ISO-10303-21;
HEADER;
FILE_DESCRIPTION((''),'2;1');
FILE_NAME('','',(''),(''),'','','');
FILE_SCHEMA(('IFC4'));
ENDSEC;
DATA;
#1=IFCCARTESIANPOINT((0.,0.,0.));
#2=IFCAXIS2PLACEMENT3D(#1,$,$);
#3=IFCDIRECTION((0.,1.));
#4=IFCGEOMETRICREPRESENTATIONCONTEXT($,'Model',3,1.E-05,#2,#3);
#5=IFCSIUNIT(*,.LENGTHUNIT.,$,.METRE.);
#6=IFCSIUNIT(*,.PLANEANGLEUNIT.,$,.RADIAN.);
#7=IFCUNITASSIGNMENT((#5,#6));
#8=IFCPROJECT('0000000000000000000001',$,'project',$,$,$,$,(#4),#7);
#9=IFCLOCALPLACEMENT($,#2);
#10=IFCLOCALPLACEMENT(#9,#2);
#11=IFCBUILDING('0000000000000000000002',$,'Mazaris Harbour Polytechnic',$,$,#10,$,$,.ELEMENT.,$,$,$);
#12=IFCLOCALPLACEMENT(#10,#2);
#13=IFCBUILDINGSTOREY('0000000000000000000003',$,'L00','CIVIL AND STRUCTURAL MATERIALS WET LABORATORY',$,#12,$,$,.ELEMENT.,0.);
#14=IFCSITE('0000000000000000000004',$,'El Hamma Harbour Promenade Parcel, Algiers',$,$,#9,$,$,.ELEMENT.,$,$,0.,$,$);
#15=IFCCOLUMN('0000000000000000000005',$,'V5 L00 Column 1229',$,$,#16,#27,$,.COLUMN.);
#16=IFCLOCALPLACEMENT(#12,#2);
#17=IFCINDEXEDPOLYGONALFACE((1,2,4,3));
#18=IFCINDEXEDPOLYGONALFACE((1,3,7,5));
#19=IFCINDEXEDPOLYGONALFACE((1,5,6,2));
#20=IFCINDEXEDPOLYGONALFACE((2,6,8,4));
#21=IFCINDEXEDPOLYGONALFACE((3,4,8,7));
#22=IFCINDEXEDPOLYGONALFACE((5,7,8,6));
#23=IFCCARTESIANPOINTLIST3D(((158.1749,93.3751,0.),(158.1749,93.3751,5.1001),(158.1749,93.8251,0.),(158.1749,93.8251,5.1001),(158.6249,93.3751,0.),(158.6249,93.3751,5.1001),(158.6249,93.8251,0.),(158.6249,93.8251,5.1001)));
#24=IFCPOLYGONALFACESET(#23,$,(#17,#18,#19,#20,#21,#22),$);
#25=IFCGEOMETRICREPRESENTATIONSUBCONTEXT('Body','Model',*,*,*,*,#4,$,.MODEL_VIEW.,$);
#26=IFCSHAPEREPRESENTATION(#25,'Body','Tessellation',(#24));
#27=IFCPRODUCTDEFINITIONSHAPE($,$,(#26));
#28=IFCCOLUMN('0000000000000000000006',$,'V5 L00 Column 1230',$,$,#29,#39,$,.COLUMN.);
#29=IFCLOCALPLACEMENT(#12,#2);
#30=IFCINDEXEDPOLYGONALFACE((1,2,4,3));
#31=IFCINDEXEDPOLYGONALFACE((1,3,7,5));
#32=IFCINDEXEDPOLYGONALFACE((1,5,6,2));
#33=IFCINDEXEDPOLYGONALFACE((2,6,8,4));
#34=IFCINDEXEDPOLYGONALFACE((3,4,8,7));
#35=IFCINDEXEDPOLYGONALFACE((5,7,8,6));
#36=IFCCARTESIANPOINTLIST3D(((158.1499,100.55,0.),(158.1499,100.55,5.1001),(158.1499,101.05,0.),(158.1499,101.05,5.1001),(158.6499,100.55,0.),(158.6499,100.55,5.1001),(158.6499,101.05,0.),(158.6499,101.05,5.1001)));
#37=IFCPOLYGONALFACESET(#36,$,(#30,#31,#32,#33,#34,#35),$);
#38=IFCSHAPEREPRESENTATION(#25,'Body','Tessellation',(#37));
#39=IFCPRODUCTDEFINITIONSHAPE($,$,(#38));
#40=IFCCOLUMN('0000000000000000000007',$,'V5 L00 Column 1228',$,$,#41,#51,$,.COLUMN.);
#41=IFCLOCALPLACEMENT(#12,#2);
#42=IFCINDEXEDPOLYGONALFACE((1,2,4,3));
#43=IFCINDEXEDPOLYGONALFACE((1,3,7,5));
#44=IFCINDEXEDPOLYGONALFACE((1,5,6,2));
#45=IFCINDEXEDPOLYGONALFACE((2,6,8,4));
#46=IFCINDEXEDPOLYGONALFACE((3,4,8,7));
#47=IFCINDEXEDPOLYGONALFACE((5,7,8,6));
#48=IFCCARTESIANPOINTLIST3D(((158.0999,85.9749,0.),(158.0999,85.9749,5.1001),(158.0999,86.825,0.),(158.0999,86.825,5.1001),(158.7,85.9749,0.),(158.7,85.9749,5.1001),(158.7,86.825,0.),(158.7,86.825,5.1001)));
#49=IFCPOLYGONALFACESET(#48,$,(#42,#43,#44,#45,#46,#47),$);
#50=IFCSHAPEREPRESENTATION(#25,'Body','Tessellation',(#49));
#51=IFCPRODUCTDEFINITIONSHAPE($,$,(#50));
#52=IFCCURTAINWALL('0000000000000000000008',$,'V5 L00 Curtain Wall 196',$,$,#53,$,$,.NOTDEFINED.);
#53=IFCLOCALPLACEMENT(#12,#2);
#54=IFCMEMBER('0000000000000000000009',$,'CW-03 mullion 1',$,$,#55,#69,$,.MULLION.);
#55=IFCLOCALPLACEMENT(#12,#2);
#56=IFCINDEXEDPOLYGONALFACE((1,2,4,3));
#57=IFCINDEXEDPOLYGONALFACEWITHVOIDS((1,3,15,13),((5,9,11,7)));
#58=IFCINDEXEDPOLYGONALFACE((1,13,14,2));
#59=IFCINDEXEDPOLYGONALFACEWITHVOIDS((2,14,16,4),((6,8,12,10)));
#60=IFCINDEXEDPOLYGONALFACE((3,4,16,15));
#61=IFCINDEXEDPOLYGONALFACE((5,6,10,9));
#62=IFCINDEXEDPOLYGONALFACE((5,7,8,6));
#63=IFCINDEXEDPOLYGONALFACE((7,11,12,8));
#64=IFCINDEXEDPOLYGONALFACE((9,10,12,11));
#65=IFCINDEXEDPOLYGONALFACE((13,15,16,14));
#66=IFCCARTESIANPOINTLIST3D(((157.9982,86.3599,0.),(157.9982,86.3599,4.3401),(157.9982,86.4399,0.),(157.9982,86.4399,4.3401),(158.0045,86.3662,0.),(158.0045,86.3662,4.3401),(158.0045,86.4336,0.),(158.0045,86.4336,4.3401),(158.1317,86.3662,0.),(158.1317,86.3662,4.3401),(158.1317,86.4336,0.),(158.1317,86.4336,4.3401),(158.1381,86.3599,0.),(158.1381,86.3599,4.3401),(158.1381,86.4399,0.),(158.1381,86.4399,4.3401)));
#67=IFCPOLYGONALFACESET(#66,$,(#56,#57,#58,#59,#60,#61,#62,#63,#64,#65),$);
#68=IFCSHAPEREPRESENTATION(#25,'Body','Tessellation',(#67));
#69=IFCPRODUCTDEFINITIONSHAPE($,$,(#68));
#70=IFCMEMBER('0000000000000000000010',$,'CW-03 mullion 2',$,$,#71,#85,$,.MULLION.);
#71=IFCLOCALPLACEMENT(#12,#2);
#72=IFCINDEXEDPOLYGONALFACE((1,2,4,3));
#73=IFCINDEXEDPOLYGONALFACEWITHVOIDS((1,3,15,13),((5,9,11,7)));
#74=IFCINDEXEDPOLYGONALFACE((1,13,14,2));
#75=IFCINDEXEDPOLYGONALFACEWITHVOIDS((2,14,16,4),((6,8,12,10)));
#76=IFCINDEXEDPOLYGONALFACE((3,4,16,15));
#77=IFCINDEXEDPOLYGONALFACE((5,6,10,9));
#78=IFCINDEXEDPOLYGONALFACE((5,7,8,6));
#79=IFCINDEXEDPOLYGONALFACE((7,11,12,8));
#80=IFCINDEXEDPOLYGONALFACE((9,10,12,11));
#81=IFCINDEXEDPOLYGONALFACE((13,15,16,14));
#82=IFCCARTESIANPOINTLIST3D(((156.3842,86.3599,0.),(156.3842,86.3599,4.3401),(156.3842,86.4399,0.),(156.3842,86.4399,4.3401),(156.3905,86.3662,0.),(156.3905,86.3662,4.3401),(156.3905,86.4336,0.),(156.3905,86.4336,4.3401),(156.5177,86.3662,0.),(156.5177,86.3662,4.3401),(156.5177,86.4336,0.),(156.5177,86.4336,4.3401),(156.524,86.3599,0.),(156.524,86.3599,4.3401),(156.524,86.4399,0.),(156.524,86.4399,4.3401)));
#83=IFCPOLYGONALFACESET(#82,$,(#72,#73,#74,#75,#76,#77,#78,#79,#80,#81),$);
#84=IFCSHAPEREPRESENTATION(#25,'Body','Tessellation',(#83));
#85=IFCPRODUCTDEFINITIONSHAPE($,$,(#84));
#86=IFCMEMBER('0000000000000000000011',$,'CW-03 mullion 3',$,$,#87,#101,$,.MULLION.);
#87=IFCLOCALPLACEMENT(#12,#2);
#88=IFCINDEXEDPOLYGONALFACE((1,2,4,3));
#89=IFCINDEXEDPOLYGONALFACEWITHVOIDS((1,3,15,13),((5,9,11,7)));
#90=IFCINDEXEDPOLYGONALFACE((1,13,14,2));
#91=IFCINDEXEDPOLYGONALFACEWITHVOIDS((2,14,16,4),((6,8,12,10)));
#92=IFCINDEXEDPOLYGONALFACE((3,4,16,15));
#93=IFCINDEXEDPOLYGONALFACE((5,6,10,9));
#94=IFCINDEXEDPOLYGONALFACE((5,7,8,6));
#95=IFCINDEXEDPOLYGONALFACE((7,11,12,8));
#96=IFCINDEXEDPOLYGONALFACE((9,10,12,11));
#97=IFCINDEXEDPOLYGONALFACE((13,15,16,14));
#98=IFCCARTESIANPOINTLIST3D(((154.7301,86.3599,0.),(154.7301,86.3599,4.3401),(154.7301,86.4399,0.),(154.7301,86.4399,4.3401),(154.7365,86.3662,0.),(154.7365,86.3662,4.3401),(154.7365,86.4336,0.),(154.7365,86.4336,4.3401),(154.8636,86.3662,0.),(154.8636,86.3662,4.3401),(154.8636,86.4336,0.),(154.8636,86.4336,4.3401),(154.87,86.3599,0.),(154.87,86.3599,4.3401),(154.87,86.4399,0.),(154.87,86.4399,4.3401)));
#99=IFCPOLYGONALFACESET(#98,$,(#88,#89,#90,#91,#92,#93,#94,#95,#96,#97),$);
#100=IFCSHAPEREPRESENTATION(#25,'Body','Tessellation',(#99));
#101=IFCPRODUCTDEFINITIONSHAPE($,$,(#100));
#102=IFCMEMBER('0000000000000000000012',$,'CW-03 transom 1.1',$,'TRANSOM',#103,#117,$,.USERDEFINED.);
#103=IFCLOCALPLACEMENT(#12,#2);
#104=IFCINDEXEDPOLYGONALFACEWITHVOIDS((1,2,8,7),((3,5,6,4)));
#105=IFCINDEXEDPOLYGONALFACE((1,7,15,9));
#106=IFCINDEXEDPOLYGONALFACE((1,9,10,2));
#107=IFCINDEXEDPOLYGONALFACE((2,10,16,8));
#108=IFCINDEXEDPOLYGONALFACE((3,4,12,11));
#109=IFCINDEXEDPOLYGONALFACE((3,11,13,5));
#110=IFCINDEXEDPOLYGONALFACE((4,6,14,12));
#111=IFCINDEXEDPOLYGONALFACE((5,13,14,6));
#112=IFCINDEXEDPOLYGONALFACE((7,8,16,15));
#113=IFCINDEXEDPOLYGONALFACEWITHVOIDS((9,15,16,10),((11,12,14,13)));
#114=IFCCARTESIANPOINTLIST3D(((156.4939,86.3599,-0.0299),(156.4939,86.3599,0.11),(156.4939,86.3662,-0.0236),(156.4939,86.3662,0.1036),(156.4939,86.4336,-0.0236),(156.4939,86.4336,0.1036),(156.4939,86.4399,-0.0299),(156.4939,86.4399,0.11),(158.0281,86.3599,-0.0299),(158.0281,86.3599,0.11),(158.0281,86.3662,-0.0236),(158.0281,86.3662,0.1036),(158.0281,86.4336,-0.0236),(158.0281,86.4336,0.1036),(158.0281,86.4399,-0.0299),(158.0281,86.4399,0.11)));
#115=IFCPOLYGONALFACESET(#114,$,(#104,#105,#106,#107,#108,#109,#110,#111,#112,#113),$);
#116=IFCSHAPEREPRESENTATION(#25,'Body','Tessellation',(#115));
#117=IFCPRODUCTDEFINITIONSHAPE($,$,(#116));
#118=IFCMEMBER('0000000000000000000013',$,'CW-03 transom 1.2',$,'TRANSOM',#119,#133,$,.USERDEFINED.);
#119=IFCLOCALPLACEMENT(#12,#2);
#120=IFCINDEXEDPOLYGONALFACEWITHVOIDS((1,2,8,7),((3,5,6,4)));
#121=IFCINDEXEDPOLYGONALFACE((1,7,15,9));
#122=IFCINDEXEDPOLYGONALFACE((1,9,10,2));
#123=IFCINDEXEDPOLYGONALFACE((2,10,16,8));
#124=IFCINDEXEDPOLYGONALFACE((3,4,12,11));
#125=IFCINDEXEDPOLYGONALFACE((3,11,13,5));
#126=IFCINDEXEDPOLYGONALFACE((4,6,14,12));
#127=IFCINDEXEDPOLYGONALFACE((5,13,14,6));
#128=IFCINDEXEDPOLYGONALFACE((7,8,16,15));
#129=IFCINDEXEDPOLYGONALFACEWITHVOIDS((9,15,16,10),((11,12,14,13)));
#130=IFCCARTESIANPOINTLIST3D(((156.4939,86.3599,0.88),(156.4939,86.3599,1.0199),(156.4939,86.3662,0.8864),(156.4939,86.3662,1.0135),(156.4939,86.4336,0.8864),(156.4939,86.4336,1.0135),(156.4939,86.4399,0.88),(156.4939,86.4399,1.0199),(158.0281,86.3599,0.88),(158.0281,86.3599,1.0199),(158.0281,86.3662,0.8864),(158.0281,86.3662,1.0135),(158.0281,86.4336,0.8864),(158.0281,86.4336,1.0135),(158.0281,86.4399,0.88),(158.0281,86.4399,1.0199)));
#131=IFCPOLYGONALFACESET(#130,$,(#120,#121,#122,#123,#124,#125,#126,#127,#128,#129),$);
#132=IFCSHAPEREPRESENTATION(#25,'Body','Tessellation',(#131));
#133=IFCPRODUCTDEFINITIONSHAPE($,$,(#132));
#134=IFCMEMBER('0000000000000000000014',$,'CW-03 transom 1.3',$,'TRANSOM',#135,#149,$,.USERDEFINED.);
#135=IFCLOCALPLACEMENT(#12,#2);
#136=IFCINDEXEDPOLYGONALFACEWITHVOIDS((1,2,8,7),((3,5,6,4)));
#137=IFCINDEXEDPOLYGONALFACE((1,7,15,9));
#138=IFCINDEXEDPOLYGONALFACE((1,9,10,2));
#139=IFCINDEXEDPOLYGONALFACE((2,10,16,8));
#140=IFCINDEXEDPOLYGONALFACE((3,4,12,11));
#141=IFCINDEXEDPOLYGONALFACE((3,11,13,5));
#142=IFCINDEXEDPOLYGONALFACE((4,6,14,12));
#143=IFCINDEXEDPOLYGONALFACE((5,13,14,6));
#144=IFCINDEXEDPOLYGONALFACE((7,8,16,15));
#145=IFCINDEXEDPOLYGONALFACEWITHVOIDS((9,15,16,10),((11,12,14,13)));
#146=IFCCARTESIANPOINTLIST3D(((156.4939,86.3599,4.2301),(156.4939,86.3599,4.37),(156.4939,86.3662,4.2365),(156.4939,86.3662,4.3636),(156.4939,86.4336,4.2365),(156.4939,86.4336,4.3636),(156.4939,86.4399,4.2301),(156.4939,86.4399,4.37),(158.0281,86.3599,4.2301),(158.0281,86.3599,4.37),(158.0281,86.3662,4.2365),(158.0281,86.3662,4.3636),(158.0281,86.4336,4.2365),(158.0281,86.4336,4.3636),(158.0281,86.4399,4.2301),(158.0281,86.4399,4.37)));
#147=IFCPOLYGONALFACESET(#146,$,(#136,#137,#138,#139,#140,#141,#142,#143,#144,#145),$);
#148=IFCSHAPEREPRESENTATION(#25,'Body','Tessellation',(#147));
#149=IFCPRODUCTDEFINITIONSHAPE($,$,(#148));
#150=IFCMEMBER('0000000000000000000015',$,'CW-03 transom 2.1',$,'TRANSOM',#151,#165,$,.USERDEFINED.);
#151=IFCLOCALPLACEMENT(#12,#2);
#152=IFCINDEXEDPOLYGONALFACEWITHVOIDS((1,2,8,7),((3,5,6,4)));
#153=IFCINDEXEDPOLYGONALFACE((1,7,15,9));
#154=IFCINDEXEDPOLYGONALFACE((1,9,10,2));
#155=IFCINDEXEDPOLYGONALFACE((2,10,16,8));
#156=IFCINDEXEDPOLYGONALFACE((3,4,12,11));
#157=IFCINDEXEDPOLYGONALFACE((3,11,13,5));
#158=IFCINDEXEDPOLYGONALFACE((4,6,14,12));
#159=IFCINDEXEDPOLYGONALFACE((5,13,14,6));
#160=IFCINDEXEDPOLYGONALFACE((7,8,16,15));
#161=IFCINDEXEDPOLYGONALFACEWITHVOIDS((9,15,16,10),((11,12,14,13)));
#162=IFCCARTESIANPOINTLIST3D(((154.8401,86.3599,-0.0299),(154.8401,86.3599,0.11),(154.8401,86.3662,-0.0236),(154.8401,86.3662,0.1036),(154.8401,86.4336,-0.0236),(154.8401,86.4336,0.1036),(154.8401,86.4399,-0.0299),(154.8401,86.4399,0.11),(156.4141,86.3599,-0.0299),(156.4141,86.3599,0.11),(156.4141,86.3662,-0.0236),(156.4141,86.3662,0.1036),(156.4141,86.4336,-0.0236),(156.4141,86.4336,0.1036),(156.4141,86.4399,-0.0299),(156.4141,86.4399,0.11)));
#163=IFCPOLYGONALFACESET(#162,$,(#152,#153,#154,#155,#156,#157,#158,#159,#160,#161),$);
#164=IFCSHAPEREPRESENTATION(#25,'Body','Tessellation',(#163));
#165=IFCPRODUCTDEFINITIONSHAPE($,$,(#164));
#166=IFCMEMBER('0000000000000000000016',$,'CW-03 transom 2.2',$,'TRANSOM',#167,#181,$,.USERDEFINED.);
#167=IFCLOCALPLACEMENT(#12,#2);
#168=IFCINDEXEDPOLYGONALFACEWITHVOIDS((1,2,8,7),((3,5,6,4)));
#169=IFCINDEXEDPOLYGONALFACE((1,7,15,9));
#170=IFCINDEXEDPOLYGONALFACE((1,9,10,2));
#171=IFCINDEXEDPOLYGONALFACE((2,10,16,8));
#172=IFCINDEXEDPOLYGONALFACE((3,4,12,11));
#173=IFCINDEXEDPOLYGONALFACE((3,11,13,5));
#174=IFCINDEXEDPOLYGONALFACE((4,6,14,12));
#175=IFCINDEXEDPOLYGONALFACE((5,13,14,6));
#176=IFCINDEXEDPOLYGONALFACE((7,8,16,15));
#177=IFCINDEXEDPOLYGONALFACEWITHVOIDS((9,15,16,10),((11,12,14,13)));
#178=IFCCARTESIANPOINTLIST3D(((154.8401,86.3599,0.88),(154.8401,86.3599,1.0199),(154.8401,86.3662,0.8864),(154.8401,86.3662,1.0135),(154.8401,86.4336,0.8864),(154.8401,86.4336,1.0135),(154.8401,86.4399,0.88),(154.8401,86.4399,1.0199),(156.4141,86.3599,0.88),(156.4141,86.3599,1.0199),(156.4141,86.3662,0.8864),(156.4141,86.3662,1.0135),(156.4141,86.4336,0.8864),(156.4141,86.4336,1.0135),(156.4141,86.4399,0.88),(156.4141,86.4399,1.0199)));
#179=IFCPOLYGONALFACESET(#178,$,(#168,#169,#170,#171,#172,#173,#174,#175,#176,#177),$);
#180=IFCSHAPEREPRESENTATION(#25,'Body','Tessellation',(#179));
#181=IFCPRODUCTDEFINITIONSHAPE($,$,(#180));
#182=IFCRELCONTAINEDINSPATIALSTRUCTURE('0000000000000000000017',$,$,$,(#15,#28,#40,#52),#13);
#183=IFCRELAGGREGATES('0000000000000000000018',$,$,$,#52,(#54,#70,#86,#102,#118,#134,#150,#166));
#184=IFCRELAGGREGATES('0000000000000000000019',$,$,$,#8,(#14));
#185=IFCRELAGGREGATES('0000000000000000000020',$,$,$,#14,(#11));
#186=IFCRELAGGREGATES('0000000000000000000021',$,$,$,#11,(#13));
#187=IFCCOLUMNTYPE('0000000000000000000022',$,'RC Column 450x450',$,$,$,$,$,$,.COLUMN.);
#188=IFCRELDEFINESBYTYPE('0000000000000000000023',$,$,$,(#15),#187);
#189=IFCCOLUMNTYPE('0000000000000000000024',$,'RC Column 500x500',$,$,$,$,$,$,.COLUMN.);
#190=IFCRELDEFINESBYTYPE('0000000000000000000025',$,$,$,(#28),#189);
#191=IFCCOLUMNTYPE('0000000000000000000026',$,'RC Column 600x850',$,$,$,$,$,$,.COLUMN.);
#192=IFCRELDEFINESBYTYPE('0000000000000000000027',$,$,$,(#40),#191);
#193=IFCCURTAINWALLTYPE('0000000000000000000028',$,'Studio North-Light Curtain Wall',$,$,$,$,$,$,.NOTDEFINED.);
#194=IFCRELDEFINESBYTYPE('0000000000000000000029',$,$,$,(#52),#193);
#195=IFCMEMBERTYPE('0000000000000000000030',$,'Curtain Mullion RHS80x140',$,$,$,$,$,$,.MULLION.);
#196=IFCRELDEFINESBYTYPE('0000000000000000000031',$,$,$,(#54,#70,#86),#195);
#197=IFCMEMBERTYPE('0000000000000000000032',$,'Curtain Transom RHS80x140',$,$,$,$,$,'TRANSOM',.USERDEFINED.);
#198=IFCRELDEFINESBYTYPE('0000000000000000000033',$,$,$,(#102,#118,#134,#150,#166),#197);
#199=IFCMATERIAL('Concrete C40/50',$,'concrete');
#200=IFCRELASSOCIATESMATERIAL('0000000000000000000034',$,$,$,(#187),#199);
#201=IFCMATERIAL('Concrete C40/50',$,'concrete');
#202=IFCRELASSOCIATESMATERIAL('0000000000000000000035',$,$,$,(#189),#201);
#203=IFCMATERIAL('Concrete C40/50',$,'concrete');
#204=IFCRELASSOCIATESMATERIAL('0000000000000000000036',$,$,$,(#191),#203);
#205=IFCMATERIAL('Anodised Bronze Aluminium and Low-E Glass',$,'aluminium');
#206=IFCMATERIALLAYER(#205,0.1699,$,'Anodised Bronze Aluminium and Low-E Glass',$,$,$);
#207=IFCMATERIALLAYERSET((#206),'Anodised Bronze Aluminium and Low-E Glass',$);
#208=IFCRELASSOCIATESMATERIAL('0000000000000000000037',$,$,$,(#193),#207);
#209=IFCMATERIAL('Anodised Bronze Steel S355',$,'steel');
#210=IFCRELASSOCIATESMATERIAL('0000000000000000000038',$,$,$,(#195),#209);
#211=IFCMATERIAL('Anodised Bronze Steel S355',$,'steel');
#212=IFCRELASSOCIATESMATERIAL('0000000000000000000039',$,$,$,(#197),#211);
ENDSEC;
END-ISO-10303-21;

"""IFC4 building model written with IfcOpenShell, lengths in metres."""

from ifc_helpers import new_model, si_unit, direction, frame, origin, origin_2d, place, context, subcontext, project, spatial, rectangle, hollow_rectangle, extrude, material, layer, layer_set, material_profile, profile_set, type_object, element, aggregate, save


model = new_model("IFC4")

# Units and contexts
model_context = context("Model", 3, precision=1e-05, world=origin(), true_north=direction((0.0, 1.0)))
body_context = subcontext(model_context, "Body", "Model", "MODEL_VIEW")
ifc_project = project(units=[si_unit("LENGTHUNIT", "METRE"), si_unit("PLANEANGLEUNIT", "RADIAN")], contexts=[model_context])

# Site, building, storey
site_placement = place(None, origin())
site = spatial("IfcSite", under=ifc_project, at=site_placement, Name="El Hamma Harbour Promenade Parcel, Algiers", CompositionType="ELEMENT", RefElevation=0.0)
building_placement = place(site_placement, origin())
building = spatial("IfcBuilding", under=site, at=building_placement, Name="Mazaris Harbour Polytechnic", CompositionType="ELEMENT")
storey_placement = place(building_placement, origin())
storey = spatial("IfcBuildingStorey", under=building, at=storey_placement, Name="L00", Description="CIVIL AND STRUCTURAL MATERIALS WET LABORATORY", CompositionType="ELEMENT", Elevation=0.0)

# Columns
ifc_material_1 = material(Name="Concrete C40/50", Category="concrete")
ifc_material_profile_1 = material_profile(ifc_material_1, rectangle(XDim=0.45, YDim=0.45, at=origin_2d()), Name="RECT450x450")
ifc_profile_set_1 = profile_set([ifc_material_profile_1], Name="Concrete C40/50")
column_type_1 = type_object("IfcColumnType", Name="RC Column 450x450", PredefinedType="COLUMN", material=ifc_profile_set_1)
column_1_placement = place(storey_placement, frame((158.3999, 93.6001, 0.0), z_axis=(0.0, 0.0, 1.0), x_axis=(1.0, 0.0, 0.0)))
element("IfcColumn", 1, at=column_1_placement, inside=storey, type_object=column_type_1, Name="V5 L00 Column 1229", PredefinedType="COLUMN", context=body_context, shape_type="SweptSolid", body=[
    extrude(rectangle(XDim=0.45, YDim=0.45, at=origin_2d()), origin(), (0.0, 0.0, 1.0), 5.1001),
])
ifc_material_2 = material(Name="Concrete C40/50", Category="concrete")
ifc_material_profile_2 = material_profile(ifc_material_2, rectangle(XDim=0.5, YDim=0.5, at=origin_2d()), Name="RECT500x500")
ifc_profile_set_2 = profile_set([ifc_material_profile_2], Name="Concrete C40/50")
column_type_2 = type_object("IfcColumnType", Name="RC Column 500x500", PredefinedType="COLUMN", material=ifc_profile_set_2)
column_2_placement = place(storey_placement, frame((158.3999, 100.8, 0.0), z_axis=(0.0, 0.0, 1.0), x_axis=(1.0, 0.0, 0.0)))
element("IfcColumn", 2, at=column_2_placement, inside=storey, type_object=column_type_2, Name="V5 L00 Column 1230", PredefinedType="COLUMN", context=body_context, shape_type="SweptSolid", body=[
    extrude(rectangle(XDim=0.5, YDim=0.5, at=origin_2d()), origin(), (0.0, 0.0, 1.0), 5.1001),
])
ifc_material_3 = material(Name="Concrete C40/50", Category="concrete")
ifc_material_profile_3 = material_profile(ifc_material_3, rectangle(XDim=0.6001, YDim=0.8501, at=origin_2d()), Name="RECT600x850")
ifc_profile_set_3 = profile_set([ifc_material_profile_3], Name="Concrete C40/50")
column_type_3 = type_object("IfcColumnType", Name="RC Column 600x850", PredefinedType="COLUMN", material=ifc_profile_set_3)
column_3_placement = place(storey_placement, frame((158.3999, 86.3999, 0.0), z_axis=(0.0, 0.0, 1.0), x_axis=(1.0, 0.0, 0.0)))
element("IfcColumn", 3, at=column_3_placement, inside=storey, type_object=column_type_3, Name="V5 L00 Column 1228", PredefinedType="COLUMN", context=body_context, shape_type="SweptSolid", body=[
    extrude(rectangle(XDim=0.6001, YDim=0.8501, at=origin_2d()), origin(), (0.0, 0.0, 1.0), 5.1001),
])

# Curtain wall, members
ifc_material_4 = material(Name="Anodised Bronze Aluminium and Low-E Glass", Category="aluminium")
ifc_layer_1 = layer(ifc_material_4, 0.1699, Name="Anodised Bronze Aluminium and Low-E Glass")
ifc_layer_set_1 = layer_set([ifc_layer_1], Name="Anodised Bronze Aluminium and Low-E Glass")
curtain_wall_type = type_object("IfcCurtainWallType", Name="Studio North-Light Curtain Wall", PredefinedType="NOTDEFINED", material=ifc_layer_set_1)
curtain_wall_placement = place(storey_placement, origin())
curtain_wall = element("IfcCurtainWall", 4, at=curtain_wall_placement, inside=storey, type_object=curtain_wall_type, Name="V5 L00 Curtain Wall 196", PredefinedType="NOTDEFINED")
ifc_material_5 = material(Name="Anodised Bronze Steel S355", Category="steel")
ifc_material_profile_4 = material_profile(ifc_material_5, hollow_rectangle(XDim=0.0801, YDim=0.1399, WallThickness=0.0063, at=origin_2d()), Name="RHS 80x140x6.3")
ifc_profile_set_4 = profile_set([ifc_material_profile_4], Name="Anodised Bronze Steel S355")
member_type_1 = type_object("IfcMemberType", Name="Curtain Mullion RHS80x140", PredefinedType="MULLION", material=ifc_profile_set_4)
member_1_placement = place(storey_placement, frame((158.0681, 86.3999, 0.0), z_axis=(0.0, 0.0, 1.0), x_axis=(0.0, -1.0, 0.0)))
member_1 = element("IfcMember", 5, at=member_1_placement, type_object=member_type_1, Name="CW-03 mullion 1", PredefinedType="MULLION", context=body_context, shape_type="SweptSolid", body=[
    extrude(hollow_rectangle(XDim=0.0801, YDim=0.1399, WallThickness=0.0063, at=origin_2d()), origin(), (0.0, 0.0, 1.0), 4.3401),
])
member_2_placement = place(storey_placement, frame((156.4541, 86.3999, 0.0), z_axis=(0.0, 0.0, 1.0), x_axis=(0.0, -1.0, 0.0)))
member_2 = element("IfcMember", 6, at=member_2_placement, type_object=member_type_1, Name="CW-03 mullion 2", PredefinedType="MULLION", context=body_context, shape_type="SweptSolid", body=[
    extrude(hollow_rectangle(XDim=0.0801, YDim=0.1399, WallThickness=0.0063, at=origin_2d()), origin(), (0.0, 0.0, 1.0), 4.3401),
])
member_3_placement = place(storey_placement, frame((154.8, 86.3999, 0.0), z_axis=(0.0, 0.0, 1.0), x_axis=(0.0, -1.0, 0.0)))
member_3 = element("IfcMember", 7, at=member_3_placement, type_object=member_type_1, Name="CW-03 mullion 3", PredefinedType="MULLION", context=body_context, shape_type="SweptSolid", body=[
    extrude(hollow_rectangle(XDim=0.0801, YDim=0.1399, WallThickness=0.0063, at=origin_2d()), origin(), (0.0, 0.0, 1.0), 4.3401),
])
ifc_material_6 = material(Name="Anodised Bronze Steel S355", Category="steel")
ifc_material_profile_5 = material_profile(ifc_material_6, hollow_rectangle(XDim=0.0801, YDim=0.1399, WallThickness=0.0063, at=origin_2d()), Name="RHS 80x140x6.3")
ifc_profile_set_5 = profile_set([ifc_material_profile_5], Name="Anodised Bronze Steel S355")
member_type_2 = type_object("IfcMemberType", Name="Curtain Transom RHS80x140", ElementType="TRANSOM", PredefinedType="USERDEFINED", material=ifc_profile_set_5)
member_4_placement = place(storey_placement, frame((158.0281, 86.3999, 0.04), z_axis=(-1.0, 0.0, 0.0), x_axis=(0.0, -1.0, 0.0)))
member_4 = element("IfcMember", 8, at=member_4_placement, type_object=member_type_2, Name="CW-03 transom 1.1", ObjectType="TRANSOM", PredefinedType="USERDEFINED", context=body_context, shape_type="SweptSolid", body=[
    extrude(hollow_rectangle(XDim=0.0801, YDim=0.1399, WallThickness=0.0063, at=origin_2d()), origin(), (0.0, 0.0, 1.0), 1.5342),
])
member_5_placement = place(storey_placement, frame((158.0281, 86.3999, 0.95), z_axis=(-1.0, 0.0, 0.0), x_axis=(0.0, -1.0, 0.0)))
member_5 = element("IfcMember", 9, at=member_5_placement, type_object=member_type_2, Name="CW-03 transom 1.2", ObjectType="TRANSOM", PredefinedType="USERDEFINED", context=body_context, shape_type="SweptSolid", body=[
    extrude(hollow_rectangle(XDim=0.0801, YDim=0.1399, WallThickness=0.0063, at=origin_2d()), origin(), (0.0, 0.0, 1.0), 1.5342),
])
member_6_placement = place(storey_placement, frame((158.0281, 86.3999, 4.3), z_axis=(-1.0, 0.0, 0.0), x_axis=(0.0, -1.0, 0.0)))
member_6 = element("IfcMember", 10, at=member_6_placement, type_object=member_type_2, Name="CW-03 transom 1.3", ObjectType="TRANSOM", PredefinedType="USERDEFINED", context=body_context, shape_type="SweptSolid", body=[
    extrude(hollow_rectangle(XDim=0.0801, YDim=0.1399, WallThickness=0.0063, at=origin_2d()), origin(), (0.0, 0.0, 1.0), 1.5342),
])
member_7_placement = place(storey_placement, frame((156.4141, 86.3999, 0.04), z_axis=(-1.0, 0.0, 0.0), x_axis=(0.0, -1.0, 0.0)))
member_7 = element("IfcMember", 11, at=member_7_placement, type_object=member_type_2, Name="CW-03 transom 2.1", ObjectType="TRANSOM", PredefinedType="USERDEFINED", context=body_context, shape_type="SweptSolid", body=[
    extrude(hollow_rectangle(XDim=0.0801, YDim=0.1399, WallThickness=0.0063, at=origin_2d()), origin(), (0.0, 0.0, 1.0), 1.574),
])
member_8_placement = place(storey_placement, frame((156.4141, 86.3999, 0.95), z_axis=(-1.0, 0.0, 0.0), x_axis=(0.0, -1.0, 0.0)))
member_8 = element("IfcMember", 12, at=member_8_placement, type_object=member_type_2, Name="CW-03 transom 2.2", ObjectType="TRANSOM", PredefinedType="USERDEFINED", context=body_context, shape_type="SweptSolid", body=[
    extrude(hollow_rectangle(XDim=0.0801, YDim=0.1399, WallThickness=0.0063, at=origin_2d()), origin(), (0.0, 0.0, 1.0), 1.574),
])

aggregate(curtain_wall, [member_1, member_2, member_3, member_4, member_5, member_6, member_7, member_8])

save(model, "model.ifc")
